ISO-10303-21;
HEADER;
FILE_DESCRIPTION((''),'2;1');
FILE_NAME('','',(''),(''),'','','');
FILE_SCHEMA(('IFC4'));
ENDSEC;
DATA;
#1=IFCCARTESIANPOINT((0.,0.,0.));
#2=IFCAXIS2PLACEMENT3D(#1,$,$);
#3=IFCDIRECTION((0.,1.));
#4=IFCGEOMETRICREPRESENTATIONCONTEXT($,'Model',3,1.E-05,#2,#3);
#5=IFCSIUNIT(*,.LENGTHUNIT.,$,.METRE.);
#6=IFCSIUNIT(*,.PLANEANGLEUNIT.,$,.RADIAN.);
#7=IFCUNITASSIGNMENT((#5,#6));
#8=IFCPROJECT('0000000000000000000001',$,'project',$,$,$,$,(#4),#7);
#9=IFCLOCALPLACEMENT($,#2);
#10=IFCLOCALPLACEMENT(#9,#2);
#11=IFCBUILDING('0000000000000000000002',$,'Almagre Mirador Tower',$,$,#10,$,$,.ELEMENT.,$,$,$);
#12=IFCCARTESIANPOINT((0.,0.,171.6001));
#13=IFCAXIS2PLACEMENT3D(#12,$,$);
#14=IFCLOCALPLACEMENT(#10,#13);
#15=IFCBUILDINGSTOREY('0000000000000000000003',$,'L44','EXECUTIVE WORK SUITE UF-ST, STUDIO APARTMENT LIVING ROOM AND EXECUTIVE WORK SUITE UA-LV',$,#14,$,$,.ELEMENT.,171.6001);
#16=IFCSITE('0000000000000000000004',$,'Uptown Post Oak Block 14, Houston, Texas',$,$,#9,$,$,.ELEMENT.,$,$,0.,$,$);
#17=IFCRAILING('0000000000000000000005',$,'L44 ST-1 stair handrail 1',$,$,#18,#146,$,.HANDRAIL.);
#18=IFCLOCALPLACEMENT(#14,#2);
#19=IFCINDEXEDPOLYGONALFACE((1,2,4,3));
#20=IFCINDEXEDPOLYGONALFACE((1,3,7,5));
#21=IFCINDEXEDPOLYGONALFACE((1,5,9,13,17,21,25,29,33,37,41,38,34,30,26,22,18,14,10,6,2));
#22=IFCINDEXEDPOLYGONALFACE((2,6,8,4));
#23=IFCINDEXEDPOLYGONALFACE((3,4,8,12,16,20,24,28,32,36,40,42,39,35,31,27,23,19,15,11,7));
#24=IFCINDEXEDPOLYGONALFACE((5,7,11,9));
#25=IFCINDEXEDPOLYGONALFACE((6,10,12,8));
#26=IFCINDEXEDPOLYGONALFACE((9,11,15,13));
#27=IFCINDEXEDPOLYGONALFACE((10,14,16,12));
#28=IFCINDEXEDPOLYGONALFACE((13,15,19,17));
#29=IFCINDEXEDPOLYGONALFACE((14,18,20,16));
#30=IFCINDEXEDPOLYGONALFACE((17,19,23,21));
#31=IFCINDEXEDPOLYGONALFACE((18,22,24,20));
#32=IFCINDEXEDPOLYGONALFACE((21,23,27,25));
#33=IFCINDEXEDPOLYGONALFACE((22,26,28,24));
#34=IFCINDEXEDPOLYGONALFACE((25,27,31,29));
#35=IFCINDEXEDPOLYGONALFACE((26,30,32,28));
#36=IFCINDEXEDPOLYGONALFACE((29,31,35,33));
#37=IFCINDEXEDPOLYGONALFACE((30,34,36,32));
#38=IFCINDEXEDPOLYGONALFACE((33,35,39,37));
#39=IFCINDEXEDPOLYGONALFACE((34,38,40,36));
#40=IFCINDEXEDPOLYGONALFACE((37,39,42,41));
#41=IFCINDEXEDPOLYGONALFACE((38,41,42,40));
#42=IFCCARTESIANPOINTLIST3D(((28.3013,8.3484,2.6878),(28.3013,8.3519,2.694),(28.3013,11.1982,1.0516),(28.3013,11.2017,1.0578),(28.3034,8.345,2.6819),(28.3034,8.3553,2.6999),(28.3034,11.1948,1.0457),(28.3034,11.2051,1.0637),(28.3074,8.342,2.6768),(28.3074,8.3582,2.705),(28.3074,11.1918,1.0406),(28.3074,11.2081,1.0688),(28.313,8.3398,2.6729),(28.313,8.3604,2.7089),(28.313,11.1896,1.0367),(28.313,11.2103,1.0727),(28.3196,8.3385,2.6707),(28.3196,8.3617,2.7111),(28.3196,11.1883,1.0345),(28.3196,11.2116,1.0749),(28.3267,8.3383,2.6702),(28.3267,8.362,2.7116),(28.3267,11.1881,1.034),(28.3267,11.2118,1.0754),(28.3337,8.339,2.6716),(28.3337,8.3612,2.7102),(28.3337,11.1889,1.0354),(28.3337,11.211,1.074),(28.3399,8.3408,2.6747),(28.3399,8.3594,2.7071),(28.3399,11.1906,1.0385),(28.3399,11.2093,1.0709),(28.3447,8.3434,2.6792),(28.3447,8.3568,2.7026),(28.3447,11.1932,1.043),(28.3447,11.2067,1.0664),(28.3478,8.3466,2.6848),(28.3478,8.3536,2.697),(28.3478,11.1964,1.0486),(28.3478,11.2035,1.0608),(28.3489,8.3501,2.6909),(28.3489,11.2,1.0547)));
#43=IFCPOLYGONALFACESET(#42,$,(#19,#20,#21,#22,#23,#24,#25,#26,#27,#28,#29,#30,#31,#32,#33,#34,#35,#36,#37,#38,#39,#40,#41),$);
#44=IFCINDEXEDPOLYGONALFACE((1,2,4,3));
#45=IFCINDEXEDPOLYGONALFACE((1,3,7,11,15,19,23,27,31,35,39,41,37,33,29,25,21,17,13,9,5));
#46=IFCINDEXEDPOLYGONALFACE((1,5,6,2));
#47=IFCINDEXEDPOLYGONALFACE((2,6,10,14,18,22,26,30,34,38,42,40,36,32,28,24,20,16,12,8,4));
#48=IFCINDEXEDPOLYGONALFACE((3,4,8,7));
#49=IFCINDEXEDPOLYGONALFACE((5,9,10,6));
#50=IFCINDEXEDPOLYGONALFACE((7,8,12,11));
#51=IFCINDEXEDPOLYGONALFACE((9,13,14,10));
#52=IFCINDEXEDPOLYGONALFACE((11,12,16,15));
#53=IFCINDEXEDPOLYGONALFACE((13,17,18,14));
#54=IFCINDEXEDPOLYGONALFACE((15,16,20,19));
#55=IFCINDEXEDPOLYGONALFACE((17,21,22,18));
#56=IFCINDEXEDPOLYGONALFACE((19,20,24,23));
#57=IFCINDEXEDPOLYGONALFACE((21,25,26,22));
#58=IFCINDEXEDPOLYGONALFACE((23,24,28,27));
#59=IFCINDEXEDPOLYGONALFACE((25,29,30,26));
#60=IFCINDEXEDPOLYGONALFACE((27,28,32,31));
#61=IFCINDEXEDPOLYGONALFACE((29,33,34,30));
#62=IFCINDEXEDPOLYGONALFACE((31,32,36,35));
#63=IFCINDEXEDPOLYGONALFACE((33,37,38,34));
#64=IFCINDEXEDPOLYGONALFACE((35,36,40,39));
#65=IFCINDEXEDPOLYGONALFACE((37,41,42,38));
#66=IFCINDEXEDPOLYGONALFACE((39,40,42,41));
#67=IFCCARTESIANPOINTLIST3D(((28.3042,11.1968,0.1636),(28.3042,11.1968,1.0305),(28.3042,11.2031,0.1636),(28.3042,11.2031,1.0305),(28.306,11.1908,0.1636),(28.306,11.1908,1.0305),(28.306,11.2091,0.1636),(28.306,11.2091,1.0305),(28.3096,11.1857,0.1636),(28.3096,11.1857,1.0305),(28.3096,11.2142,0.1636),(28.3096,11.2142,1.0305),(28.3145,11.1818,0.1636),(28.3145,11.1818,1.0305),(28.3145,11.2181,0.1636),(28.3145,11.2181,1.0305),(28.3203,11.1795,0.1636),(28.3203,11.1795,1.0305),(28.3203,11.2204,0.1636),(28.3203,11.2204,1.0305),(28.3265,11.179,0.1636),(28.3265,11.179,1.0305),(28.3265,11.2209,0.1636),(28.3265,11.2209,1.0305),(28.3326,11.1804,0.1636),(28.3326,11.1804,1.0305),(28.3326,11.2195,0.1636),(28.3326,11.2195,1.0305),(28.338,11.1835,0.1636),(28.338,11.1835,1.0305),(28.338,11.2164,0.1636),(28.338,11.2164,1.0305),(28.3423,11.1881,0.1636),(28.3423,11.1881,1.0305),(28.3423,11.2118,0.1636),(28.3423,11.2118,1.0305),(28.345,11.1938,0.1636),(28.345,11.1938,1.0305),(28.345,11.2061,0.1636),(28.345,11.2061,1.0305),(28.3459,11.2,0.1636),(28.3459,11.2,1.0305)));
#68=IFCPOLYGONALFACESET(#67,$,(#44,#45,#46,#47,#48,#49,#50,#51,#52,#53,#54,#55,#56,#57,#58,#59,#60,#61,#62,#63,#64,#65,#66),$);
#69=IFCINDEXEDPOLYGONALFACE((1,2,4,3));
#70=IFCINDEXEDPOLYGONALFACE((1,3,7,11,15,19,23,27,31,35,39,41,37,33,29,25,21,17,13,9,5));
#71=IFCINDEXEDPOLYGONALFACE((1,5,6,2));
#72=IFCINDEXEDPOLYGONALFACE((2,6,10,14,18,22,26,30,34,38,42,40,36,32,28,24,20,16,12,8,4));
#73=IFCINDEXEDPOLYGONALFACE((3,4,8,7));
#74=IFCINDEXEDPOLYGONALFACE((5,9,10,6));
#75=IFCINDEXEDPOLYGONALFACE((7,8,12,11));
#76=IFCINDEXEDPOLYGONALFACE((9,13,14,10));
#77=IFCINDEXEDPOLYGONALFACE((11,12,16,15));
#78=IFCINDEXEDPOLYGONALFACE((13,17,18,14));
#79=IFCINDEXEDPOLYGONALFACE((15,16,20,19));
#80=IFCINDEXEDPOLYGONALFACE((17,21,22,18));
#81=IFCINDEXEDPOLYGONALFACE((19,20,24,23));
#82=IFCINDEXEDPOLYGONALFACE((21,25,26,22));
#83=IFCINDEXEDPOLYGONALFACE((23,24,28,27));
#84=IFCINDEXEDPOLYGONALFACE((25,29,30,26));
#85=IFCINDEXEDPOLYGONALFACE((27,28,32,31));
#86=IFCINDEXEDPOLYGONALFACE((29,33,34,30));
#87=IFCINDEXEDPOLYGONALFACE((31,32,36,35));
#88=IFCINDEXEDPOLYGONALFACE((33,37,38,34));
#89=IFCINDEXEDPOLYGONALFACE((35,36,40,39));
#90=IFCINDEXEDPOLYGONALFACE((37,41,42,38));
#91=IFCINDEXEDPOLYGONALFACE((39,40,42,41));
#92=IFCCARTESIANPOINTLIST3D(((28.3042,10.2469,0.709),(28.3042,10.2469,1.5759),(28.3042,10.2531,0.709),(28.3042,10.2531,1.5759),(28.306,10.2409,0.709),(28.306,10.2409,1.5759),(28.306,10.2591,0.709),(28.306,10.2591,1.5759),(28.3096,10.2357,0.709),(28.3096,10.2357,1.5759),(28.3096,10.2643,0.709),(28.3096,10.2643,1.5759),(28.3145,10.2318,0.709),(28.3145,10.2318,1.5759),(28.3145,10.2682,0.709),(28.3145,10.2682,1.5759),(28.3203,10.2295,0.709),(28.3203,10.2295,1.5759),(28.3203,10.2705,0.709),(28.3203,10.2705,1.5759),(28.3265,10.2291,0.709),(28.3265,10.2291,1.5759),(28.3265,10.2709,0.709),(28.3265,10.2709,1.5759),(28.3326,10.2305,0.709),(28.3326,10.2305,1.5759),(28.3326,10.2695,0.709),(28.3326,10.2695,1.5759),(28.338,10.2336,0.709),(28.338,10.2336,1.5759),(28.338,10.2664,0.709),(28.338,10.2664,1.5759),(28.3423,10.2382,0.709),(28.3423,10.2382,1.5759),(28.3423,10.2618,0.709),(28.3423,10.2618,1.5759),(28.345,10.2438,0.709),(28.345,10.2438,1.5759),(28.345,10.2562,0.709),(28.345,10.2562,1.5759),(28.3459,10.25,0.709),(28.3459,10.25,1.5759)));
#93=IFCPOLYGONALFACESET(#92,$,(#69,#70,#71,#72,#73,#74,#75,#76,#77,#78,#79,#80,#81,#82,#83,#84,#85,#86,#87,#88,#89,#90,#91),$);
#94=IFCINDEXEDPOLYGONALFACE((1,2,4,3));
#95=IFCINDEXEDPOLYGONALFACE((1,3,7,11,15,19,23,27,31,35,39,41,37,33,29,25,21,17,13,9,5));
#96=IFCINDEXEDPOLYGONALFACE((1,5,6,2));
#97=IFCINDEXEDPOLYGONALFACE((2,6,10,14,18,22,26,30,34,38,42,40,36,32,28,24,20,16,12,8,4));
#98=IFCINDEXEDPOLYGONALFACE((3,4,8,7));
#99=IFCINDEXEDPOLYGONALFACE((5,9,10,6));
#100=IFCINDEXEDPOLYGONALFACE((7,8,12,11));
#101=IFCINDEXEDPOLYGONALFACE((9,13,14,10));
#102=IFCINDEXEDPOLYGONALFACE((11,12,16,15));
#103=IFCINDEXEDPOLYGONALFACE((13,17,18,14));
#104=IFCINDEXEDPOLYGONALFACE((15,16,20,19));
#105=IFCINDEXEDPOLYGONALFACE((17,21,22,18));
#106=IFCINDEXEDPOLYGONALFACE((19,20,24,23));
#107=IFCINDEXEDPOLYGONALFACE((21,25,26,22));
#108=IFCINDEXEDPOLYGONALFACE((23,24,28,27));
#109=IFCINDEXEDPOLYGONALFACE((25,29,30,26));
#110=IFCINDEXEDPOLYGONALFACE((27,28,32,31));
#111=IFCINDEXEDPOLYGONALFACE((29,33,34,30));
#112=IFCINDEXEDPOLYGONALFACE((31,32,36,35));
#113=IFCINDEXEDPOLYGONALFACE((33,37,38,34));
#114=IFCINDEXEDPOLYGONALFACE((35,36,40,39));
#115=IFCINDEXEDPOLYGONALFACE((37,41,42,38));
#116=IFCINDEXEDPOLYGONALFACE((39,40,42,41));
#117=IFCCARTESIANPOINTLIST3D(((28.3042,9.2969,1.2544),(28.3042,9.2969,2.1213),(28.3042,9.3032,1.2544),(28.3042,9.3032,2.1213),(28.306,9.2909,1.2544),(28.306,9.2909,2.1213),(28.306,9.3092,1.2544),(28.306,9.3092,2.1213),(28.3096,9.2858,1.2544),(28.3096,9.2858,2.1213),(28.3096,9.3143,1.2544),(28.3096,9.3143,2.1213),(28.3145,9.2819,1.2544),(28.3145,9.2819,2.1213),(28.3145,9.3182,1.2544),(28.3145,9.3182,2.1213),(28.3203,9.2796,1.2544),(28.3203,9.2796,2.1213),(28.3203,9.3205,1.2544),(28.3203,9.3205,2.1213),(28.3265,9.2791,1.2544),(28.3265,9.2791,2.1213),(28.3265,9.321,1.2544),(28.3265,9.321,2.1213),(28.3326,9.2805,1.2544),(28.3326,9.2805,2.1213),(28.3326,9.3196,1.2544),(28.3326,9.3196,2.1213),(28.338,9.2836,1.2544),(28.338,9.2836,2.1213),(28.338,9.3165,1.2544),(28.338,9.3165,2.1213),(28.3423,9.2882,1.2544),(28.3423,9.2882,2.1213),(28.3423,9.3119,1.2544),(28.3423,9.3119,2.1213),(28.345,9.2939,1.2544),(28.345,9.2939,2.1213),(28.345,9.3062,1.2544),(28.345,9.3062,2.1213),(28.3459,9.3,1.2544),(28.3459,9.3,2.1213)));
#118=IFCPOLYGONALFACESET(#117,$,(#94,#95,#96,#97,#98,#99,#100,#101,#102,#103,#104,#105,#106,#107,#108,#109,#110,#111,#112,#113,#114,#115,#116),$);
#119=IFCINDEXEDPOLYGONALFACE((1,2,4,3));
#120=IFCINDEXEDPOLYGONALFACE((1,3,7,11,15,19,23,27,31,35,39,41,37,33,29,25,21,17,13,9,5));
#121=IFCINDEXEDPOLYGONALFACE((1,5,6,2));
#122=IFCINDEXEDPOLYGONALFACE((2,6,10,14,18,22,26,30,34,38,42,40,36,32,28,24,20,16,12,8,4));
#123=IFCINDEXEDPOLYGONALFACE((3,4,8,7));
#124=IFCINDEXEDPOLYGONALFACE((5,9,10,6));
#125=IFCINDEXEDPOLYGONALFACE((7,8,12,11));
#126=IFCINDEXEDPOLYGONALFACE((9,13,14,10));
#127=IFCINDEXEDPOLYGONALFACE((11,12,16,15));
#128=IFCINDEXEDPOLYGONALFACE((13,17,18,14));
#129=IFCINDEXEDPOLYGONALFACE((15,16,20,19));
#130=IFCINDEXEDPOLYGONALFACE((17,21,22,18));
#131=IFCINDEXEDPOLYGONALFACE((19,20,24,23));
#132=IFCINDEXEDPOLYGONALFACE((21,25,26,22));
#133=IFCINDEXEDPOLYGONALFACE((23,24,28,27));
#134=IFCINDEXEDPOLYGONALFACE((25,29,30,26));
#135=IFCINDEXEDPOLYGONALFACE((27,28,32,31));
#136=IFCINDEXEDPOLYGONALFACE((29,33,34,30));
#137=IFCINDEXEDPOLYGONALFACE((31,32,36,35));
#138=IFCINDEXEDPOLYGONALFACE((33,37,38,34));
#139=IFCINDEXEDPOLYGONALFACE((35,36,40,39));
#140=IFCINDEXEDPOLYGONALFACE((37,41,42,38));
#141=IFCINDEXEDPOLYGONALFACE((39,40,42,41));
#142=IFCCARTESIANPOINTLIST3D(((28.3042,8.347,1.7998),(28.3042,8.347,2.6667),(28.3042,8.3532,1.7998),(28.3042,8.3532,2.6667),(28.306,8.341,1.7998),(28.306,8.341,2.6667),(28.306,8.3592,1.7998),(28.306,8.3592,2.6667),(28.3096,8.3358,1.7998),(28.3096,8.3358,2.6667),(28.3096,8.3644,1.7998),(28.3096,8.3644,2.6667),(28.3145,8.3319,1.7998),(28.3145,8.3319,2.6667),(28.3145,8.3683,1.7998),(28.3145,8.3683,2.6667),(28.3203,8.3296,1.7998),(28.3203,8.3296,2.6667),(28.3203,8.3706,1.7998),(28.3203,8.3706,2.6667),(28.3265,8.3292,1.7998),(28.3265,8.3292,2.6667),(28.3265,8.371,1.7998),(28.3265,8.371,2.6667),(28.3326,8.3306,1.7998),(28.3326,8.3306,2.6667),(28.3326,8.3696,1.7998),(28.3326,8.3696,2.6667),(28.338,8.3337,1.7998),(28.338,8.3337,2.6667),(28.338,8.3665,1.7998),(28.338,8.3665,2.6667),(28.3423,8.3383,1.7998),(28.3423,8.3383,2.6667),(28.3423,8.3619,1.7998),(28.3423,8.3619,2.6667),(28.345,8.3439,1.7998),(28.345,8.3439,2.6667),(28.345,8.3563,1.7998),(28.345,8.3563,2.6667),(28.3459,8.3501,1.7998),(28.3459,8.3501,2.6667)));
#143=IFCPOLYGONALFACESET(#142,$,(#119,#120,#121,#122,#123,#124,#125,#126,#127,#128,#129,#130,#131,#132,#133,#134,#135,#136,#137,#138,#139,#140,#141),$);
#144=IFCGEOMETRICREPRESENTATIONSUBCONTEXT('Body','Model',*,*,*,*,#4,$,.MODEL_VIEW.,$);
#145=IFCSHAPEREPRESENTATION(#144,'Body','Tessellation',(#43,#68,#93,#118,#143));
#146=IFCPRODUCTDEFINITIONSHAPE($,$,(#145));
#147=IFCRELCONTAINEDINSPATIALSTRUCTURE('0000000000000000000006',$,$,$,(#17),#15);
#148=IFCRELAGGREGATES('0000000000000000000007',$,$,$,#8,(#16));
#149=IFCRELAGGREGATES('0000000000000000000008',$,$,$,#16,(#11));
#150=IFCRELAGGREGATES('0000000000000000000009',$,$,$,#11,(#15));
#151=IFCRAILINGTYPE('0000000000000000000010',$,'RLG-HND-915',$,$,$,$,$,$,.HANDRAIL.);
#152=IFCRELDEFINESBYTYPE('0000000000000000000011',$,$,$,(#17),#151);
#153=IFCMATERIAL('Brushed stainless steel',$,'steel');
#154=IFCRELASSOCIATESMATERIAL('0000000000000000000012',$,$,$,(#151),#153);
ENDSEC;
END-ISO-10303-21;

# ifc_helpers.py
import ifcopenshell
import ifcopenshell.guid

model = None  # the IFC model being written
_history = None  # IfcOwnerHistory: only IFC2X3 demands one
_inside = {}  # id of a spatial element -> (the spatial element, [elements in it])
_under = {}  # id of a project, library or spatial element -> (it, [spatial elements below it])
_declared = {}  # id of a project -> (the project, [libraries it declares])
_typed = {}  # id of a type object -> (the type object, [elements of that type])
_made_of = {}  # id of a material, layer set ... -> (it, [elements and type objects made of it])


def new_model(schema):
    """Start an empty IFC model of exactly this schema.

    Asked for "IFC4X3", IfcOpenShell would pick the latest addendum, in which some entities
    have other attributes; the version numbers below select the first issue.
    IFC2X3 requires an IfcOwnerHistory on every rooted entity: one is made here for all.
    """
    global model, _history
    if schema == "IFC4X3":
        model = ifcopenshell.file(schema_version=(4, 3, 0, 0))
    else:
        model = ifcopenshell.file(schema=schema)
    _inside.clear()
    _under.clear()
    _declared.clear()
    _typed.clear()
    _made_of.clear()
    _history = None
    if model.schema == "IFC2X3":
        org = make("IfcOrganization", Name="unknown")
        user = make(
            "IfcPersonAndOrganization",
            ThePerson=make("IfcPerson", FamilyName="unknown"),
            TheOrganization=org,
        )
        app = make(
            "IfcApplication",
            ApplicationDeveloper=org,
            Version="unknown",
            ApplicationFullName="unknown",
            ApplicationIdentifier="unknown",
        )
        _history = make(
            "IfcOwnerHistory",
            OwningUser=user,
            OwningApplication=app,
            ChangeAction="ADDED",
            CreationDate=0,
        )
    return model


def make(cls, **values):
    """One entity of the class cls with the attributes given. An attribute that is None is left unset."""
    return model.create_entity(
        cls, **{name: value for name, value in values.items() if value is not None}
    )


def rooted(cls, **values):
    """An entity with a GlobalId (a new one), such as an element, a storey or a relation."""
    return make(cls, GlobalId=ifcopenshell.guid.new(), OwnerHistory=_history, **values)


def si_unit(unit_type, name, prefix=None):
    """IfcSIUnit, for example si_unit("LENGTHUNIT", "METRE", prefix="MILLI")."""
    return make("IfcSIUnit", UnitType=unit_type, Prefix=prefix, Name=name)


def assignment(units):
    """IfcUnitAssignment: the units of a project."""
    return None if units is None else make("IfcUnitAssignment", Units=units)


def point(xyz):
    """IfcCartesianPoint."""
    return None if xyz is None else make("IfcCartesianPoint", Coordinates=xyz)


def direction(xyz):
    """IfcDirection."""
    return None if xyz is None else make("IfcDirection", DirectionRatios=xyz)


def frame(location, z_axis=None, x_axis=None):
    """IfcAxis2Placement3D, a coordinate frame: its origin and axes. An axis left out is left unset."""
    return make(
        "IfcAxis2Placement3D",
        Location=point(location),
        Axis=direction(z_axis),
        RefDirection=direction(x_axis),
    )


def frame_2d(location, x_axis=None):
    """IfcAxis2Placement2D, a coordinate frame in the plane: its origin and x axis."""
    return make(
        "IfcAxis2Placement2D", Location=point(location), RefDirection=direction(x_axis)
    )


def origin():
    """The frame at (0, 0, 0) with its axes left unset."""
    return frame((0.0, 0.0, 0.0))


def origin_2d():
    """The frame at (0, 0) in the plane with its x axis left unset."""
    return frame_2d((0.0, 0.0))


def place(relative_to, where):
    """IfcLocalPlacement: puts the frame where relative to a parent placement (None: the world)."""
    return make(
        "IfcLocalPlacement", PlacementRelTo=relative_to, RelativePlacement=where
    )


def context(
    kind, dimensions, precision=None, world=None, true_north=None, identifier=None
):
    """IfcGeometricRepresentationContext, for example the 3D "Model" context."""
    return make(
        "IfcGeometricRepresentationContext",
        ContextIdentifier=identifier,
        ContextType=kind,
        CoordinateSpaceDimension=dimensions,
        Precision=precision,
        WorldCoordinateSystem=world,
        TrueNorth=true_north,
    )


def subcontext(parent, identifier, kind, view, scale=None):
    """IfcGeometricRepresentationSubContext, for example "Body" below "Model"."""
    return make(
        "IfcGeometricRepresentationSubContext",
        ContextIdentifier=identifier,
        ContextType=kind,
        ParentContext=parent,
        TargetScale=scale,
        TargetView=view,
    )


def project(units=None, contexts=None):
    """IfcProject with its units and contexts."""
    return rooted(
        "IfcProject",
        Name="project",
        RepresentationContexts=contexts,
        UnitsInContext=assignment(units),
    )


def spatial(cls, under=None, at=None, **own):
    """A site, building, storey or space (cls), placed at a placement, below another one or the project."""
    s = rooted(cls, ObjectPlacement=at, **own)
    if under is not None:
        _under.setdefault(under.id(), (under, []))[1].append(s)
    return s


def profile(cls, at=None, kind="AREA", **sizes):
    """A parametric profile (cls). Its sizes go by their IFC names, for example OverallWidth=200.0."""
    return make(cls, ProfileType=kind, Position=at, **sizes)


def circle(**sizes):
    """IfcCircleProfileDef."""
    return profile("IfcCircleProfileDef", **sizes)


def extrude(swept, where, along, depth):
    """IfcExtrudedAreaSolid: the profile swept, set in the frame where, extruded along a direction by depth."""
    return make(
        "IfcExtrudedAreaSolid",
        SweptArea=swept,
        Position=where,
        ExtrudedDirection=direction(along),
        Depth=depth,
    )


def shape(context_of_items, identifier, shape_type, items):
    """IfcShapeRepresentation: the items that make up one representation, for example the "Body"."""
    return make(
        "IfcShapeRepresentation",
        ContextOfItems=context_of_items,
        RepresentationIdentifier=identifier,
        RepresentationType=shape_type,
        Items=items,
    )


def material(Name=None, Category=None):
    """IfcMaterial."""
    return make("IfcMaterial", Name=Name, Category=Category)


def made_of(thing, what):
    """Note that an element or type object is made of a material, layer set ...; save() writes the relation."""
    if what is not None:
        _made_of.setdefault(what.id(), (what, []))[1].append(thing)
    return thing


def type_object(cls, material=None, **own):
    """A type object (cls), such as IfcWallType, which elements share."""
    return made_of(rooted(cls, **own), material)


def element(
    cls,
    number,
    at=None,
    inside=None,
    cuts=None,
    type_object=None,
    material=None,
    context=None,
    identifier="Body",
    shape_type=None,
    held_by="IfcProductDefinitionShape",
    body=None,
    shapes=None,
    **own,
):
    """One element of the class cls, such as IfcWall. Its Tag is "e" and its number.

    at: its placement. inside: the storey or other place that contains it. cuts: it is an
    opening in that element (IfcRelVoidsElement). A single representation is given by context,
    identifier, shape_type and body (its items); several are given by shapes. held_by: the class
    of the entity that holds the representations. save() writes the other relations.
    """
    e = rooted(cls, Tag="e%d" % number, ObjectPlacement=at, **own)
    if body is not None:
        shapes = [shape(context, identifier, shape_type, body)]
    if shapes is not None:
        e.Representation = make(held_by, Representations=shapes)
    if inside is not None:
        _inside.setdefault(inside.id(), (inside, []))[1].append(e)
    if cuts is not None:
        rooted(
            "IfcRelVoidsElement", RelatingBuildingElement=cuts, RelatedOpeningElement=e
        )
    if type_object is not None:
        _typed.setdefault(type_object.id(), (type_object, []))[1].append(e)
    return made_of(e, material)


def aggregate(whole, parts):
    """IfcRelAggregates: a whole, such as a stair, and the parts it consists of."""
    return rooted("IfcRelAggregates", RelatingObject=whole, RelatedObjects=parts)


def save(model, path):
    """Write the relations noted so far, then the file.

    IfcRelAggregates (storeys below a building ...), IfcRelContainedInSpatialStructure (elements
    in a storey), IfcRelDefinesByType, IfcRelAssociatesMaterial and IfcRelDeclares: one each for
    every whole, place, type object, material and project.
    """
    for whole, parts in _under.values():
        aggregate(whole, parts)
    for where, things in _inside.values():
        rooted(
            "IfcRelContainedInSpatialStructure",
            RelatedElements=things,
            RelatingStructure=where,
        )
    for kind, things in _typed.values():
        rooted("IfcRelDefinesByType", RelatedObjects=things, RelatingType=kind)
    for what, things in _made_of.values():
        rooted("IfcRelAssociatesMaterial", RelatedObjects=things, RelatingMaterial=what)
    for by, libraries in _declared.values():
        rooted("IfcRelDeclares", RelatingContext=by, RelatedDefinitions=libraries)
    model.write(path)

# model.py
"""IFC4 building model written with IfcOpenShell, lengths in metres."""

from ifc_helpers import new_model, si_unit, direction, frame, origin, origin_2d, place, context, subcontext, project, spatial, circle, extrude, material, type_object, element, save


model = new_model("IFC4")

# Units and contexts
model_context = context("Model", 3, precision=1e-05, world=origin(), true_north=direction((0.0, 1.0)))
body_context = subcontext(model_context, "Body", "Model", "MODEL_VIEW")
ifc_project = project(units=[si_unit("LENGTHUNIT", "METRE"), si_unit("PLANEANGLEUNIT", "RADIAN")], contexts=[model_context])

# Site, building, storey
site_placement = place(None, origin())
site = spatial("IfcSite", under=ifc_project, at=site_placement, Name="Uptown Post Oak Block 14, Houston, Texas", CompositionType="ELEMENT", RefElevation=0.0)
building_placement = place(site_placement, origin())
building = spatial("IfcBuilding", under=site, at=building_placement, Name="Almagre Mirador Tower", CompositionType="ELEMENT")
storey_placement = place(building_placement, frame((0.0, 0.0, 171.6001)))
storey = spatial("IfcBuildingStorey", under=building, at=storey_placement, Name="L44", Description="EXECUTIVE WORK SUITE UF-ST, STUDIO APARTMENT LIVING ROOM AND EXECUTIVE WORK SUITE UA-LV", CompositionType="ELEMENT", Elevation=171.6001)

# Railing
ifc_material_1 = material(Name="Brushed stainless steel", Category="steel")
railing_type_1 = type_object("IfcRailingType", Name="RLG-HND-915", PredefinedType="HANDRAIL", material=ifc_material_1)
railing_1_placement = place(storey_placement, frame((28.325, 11.2, 0.1636)))
element("IfcRailing", 1, at=railing_1_placement, inside=storey, type_object=railing_type_1, Name="L44 ST-1 stair handrail 1", PredefinedType="HANDRAIL", context=body_context, shape_type="SweptSolid", body=[
    extrude(circle(Radius=0.0239, at=origin_2d()), frame((0.0, 0.0, 0.8911), z_axis=(0.0, -0.867226, 0.497914), x_axis=(1.0, 0.0, 0.0)), (0.0, 0.0, 1.0), 3.2861),
    extrude(circle(Radius=0.021, at=origin_2d()), origin(), (0.0, 0.0, 1.0), 0.8669),
    extrude(circle(Radius=0.021, at=origin_2d()), frame((0.0, -0.95, 0.5454)), (0.0, 0.0, 1.0), 0.8669),
    extrude(circle(Radius=0.021, at=origin_2d()), frame((0.0, -1.8999, 1.0908)), (0.0, 0.0, 1.0), 0.8669),
    extrude(circle(Radius=0.021, at=origin_2d()), frame((0.0, -2.8499, 1.6362)), (0.0, 0.0, 1.0), 0.8669),
])

save(model, "model.ifc")
